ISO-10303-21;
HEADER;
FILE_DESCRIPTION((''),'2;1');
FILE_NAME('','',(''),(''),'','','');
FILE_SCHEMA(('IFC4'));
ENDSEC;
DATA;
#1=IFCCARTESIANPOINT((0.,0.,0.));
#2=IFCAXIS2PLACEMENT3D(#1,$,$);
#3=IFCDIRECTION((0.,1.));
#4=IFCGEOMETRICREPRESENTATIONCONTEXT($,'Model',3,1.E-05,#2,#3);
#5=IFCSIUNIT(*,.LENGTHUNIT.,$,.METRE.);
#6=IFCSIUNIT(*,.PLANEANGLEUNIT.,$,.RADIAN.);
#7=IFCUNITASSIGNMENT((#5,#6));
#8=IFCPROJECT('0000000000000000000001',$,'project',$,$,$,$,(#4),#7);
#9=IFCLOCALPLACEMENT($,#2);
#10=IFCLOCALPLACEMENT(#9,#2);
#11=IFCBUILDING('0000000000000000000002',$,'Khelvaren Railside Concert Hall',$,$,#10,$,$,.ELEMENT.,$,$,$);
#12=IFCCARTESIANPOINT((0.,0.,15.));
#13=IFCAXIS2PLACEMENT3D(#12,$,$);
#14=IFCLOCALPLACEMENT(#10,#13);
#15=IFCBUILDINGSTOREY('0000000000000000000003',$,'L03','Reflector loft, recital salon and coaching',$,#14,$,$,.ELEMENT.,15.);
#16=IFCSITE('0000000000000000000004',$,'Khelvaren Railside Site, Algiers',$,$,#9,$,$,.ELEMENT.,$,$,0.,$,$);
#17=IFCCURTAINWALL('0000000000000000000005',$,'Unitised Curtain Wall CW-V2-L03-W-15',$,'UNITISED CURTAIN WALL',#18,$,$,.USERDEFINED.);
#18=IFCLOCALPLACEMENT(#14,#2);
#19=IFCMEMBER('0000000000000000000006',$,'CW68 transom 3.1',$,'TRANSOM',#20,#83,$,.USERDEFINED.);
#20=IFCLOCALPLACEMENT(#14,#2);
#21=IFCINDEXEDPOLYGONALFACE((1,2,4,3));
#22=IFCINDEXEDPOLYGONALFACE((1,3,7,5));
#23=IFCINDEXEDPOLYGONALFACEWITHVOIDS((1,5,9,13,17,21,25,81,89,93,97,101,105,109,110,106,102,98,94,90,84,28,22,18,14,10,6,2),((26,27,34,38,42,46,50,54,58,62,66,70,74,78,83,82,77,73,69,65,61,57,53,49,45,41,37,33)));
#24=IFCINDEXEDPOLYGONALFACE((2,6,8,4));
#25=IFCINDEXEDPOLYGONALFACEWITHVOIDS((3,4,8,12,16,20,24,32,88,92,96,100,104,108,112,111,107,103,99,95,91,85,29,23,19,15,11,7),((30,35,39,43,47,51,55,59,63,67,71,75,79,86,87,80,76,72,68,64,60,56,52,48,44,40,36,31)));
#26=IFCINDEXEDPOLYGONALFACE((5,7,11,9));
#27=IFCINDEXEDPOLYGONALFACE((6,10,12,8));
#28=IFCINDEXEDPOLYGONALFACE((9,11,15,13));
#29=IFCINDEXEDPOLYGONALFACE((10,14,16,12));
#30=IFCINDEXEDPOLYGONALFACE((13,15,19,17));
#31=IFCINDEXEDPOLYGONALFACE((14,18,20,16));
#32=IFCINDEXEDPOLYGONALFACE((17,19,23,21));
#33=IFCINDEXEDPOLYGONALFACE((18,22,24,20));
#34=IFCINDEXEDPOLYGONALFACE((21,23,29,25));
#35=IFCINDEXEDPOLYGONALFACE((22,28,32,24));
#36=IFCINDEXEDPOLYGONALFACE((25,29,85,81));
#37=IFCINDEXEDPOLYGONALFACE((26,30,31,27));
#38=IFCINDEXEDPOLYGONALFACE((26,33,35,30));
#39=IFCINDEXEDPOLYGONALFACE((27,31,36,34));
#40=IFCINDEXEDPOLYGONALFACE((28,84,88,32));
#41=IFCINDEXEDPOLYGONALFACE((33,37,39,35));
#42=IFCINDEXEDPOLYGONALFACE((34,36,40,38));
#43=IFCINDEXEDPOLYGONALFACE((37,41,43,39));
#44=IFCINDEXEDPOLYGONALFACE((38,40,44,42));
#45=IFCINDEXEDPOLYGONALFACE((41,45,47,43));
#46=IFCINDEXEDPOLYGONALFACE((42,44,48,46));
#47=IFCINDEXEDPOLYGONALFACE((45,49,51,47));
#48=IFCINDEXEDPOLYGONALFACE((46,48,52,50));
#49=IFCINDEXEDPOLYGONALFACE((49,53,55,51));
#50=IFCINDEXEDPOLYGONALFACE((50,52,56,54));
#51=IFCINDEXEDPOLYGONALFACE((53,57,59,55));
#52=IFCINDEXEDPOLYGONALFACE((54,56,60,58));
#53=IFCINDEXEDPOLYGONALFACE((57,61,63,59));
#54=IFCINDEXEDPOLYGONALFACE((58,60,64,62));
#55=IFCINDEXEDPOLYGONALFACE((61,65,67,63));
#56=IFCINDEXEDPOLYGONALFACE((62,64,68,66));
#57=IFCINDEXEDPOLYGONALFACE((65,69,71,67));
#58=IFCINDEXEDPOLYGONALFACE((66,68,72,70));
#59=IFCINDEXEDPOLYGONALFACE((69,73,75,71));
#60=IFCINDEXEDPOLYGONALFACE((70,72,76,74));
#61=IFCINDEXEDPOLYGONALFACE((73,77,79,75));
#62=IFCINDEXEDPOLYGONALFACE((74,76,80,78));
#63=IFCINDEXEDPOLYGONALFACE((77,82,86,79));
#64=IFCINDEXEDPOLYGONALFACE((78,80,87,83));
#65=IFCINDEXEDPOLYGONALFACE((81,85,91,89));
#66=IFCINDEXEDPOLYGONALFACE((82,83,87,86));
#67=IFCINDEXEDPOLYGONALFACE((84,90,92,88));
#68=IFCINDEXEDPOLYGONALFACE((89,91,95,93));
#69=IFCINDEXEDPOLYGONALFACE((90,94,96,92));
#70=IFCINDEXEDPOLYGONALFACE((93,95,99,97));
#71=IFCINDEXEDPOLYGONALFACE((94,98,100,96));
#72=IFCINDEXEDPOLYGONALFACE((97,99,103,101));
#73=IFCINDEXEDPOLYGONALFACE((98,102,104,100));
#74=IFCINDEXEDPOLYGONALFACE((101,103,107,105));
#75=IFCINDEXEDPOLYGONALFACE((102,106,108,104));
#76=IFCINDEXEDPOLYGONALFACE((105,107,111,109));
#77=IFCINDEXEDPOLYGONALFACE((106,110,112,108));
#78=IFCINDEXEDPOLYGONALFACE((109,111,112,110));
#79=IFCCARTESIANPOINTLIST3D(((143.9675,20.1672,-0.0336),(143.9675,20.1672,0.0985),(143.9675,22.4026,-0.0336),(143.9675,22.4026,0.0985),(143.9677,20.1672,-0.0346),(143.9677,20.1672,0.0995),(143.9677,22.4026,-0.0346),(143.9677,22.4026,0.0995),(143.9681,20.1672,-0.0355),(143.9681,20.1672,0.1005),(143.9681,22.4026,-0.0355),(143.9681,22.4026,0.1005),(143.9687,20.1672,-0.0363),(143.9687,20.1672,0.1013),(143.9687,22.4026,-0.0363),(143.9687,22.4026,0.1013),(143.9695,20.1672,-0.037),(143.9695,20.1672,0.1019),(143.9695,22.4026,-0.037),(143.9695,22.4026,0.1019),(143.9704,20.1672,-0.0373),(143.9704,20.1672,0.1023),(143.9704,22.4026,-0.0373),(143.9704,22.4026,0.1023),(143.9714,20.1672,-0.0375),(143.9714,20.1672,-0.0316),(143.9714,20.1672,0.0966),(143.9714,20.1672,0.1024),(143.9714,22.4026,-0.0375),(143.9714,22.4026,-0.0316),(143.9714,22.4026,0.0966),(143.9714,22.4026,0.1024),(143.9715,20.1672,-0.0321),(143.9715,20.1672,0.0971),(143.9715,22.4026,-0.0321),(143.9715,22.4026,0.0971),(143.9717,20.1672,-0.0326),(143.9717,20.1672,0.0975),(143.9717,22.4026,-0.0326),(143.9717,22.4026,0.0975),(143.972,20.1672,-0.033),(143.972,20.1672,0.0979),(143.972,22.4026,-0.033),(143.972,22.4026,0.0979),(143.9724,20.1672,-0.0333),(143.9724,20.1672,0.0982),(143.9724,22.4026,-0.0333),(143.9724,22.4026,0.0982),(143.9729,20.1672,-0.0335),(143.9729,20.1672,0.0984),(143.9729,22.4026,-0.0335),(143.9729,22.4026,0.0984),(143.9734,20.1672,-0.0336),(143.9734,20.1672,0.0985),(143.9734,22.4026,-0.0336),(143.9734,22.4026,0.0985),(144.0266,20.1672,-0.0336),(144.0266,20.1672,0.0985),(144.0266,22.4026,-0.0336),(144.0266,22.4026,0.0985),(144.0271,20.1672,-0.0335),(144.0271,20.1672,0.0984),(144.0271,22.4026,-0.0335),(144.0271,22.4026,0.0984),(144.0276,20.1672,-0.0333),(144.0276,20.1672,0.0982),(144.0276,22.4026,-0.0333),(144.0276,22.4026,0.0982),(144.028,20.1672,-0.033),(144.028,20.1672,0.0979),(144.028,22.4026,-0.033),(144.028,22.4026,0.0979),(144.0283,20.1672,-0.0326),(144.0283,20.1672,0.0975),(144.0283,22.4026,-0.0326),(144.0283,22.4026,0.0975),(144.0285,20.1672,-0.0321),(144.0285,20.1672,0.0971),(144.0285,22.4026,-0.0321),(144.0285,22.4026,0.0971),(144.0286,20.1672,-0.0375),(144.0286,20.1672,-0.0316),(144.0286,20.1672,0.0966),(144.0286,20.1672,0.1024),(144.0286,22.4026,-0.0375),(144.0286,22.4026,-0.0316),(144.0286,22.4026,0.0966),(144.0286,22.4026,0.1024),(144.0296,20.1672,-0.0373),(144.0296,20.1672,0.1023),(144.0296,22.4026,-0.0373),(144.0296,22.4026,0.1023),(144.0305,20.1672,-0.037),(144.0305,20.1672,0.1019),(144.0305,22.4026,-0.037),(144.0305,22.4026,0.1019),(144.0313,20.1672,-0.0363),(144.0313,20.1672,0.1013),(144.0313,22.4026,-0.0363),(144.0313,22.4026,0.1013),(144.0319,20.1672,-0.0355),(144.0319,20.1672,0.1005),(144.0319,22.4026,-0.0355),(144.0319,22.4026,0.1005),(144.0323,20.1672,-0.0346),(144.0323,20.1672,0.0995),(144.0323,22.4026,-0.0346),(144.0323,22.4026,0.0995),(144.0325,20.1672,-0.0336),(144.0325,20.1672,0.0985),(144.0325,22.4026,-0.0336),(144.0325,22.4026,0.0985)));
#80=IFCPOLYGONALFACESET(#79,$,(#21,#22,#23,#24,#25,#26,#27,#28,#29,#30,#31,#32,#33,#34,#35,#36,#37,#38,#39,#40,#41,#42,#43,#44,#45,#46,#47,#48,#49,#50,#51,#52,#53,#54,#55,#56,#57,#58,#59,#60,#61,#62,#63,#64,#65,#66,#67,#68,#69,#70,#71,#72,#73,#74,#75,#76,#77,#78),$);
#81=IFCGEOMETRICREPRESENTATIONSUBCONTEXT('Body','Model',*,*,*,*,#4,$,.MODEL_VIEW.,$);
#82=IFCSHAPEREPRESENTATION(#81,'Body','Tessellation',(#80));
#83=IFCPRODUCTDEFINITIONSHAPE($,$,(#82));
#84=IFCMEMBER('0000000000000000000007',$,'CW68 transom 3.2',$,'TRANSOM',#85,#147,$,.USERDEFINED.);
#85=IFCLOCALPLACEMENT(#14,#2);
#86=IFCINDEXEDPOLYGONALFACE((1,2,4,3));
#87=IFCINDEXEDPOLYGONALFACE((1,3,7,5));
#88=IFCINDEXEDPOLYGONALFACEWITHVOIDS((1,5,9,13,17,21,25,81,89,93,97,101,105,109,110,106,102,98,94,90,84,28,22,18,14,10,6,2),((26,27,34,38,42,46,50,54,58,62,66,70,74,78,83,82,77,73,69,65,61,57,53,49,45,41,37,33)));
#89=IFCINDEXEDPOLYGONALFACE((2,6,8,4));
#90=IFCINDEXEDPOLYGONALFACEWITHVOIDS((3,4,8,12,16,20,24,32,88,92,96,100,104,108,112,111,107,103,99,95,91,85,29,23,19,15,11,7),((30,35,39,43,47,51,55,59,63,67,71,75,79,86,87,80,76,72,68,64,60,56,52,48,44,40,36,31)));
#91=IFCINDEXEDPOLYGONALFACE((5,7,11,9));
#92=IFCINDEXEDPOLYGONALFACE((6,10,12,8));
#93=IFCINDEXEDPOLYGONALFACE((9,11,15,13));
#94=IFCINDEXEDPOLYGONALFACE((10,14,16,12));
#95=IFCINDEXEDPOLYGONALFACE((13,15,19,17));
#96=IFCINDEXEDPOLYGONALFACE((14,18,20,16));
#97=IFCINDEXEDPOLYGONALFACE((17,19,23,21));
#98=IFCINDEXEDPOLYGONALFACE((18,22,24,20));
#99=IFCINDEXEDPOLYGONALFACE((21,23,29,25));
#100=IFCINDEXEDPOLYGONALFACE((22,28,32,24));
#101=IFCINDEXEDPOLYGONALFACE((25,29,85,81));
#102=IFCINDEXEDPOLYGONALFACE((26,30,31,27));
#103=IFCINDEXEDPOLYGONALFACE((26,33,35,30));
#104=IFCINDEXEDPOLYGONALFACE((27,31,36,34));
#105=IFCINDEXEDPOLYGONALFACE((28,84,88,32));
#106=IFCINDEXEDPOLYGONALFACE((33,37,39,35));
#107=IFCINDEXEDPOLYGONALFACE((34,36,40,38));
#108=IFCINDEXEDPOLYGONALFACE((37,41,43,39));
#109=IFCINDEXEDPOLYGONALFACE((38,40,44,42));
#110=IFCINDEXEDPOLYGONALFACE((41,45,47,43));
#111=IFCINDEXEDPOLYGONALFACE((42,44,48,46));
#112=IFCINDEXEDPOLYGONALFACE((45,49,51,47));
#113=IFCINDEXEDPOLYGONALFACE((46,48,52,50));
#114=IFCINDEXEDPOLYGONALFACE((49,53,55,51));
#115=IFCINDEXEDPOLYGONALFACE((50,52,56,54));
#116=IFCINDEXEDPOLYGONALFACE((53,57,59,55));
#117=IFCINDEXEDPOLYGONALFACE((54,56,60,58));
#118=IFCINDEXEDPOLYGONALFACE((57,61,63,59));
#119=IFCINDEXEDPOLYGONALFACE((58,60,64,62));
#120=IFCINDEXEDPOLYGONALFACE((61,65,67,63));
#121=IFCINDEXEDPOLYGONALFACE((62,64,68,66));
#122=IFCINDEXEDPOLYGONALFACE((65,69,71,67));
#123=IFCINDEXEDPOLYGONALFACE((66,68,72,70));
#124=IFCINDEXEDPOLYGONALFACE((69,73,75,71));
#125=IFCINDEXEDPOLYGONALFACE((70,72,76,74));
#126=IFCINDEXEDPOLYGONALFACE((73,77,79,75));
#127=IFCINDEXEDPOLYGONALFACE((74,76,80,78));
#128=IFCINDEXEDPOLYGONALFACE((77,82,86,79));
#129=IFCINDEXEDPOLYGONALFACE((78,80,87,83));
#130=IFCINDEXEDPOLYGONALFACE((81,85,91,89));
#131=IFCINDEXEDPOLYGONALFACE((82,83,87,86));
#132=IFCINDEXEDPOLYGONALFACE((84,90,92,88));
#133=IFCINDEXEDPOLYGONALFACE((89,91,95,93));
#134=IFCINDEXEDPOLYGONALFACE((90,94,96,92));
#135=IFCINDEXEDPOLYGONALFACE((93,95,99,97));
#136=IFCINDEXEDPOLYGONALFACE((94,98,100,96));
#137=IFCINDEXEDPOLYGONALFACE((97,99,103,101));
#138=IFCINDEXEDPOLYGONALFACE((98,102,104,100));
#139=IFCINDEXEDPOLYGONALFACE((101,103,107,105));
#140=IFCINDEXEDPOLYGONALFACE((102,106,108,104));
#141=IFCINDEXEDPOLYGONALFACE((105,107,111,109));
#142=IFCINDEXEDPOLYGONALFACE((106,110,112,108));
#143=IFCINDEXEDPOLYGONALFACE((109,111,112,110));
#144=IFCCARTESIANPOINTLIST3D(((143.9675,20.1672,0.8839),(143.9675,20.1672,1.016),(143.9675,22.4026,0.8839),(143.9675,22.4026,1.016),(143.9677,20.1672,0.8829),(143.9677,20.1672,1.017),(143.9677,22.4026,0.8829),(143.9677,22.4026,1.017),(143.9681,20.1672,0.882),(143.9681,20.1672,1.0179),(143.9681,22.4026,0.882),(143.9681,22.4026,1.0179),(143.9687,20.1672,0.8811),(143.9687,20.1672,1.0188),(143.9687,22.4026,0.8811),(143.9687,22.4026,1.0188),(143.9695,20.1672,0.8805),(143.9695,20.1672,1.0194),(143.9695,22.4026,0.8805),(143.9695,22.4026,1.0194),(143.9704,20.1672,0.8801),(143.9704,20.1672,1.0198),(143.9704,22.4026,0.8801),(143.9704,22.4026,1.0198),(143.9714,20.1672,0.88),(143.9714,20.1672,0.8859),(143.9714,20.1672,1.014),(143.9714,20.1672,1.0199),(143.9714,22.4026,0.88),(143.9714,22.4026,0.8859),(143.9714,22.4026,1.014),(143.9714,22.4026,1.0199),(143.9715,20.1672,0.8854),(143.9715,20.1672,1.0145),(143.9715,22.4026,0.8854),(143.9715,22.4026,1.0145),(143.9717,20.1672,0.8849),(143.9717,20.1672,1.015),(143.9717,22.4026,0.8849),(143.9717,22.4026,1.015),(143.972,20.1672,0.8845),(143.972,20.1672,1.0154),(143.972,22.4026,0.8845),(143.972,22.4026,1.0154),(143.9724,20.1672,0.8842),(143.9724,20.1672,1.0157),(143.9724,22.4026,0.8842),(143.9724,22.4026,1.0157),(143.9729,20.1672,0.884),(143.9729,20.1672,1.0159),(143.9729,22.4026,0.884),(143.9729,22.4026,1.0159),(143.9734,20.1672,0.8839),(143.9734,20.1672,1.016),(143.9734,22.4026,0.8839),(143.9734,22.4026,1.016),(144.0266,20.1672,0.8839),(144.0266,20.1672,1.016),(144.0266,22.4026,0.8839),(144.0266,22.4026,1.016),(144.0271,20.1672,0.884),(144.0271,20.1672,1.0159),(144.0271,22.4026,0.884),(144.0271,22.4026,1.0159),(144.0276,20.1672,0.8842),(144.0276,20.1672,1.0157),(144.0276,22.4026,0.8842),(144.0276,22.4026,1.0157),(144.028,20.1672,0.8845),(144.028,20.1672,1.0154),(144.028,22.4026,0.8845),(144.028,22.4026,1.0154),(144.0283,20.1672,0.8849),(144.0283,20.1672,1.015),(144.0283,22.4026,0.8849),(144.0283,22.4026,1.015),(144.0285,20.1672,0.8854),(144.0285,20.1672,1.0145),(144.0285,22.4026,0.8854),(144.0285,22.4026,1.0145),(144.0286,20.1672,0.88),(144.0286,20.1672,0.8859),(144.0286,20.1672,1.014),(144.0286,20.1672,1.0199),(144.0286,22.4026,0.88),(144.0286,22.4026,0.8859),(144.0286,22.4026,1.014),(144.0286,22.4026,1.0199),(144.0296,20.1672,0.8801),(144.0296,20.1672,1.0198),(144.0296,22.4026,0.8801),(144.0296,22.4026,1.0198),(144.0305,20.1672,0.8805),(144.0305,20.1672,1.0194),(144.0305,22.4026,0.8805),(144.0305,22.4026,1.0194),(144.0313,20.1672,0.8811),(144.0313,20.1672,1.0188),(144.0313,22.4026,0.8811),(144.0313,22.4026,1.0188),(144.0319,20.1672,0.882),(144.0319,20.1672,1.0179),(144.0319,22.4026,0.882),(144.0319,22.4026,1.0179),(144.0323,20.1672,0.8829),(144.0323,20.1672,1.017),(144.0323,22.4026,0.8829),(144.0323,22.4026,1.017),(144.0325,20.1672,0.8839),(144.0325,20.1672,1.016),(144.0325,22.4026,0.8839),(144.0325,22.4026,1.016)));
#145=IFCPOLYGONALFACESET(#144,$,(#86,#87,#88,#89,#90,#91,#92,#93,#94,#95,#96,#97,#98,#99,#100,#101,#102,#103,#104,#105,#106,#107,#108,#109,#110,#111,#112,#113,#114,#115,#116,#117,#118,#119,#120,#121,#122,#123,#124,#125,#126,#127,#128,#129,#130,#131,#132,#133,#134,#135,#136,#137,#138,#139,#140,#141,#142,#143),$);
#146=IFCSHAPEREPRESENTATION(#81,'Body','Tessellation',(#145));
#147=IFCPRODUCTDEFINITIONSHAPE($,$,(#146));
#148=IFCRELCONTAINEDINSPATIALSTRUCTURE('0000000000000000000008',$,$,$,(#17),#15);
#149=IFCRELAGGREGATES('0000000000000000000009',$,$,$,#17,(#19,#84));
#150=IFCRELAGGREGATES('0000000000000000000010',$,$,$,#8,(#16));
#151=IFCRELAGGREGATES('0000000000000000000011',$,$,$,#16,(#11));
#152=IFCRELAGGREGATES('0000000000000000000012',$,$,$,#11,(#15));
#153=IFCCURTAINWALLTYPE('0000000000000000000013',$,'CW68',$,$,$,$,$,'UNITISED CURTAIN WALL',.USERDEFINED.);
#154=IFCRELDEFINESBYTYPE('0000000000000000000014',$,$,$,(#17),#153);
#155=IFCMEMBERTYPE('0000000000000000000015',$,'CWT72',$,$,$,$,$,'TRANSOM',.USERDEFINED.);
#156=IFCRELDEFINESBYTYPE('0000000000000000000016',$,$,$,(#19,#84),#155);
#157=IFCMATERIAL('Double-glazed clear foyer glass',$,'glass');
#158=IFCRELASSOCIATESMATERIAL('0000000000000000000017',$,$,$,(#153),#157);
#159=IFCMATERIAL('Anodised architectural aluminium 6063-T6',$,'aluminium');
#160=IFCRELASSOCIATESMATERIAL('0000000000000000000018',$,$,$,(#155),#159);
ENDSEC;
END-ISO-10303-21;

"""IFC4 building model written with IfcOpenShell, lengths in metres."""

from ifc_helpers import new_model, si_unit, direction, frame, origin, origin_2d, place, context, subcontext, project, spatial, hollow_rectangle, extrude, material, material_profile, profile_set, type_object, element, aggregate, save


model = new_model("IFC4")

# Units and contexts
model_context = context("Model", 3, precision=1e-05, world=origin(), true_north=direction((0.0, 1.0)))
body_context = subcontext(model_context, "Body", "Model", "MODEL_VIEW")
ifc_project = project(units=[si_unit("LENGTHUNIT", "METRE"), si_unit("PLANEANGLEUNIT", "RADIAN")], contexts=[model_context])

# Site, building, storey
site_placement = place(None, origin())
site = spatial("IfcSite", under=ifc_project, at=site_placement, Name="Khelvaren Railside Site, Algiers", CompositionType="ELEMENT", RefElevation=0.0)
building_placement = place(site_placement, origin())
building = spatial("IfcBuilding", under=site, at=building_placement, Name="Khelvaren Railside Concert Hall", CompositionType="ELEMENT")
storey_placement = place(building_placement, frame((0.0, 0.0, 15.0)))
storey = spatial("IfcBuildingStorey", under=building, at=storey_placement, Name="L03", Description="Reflector loft, recital salon and coaching", CompositionType="ELEMENT", Elevation=15.0)

# Curtain wall
ifc_material_1 = material(Name="Double-glazed clear foyer glass", Category="glass")
curtain_wall_type_1 = type_object("IfcCurtainWallType", Name="CW68", ElementType="UNITISED CURTAIN WALL", PredefinedType="USERDEFINED", material=ifc_material_1)
curtain_wall_1_placement = place(storey_placement, origin())
curtain_wall_1 = element("IfcCurtainWall", 1, at=curtain_wall_1_placement, inside=storey, type_object=curtain_wall_type_1, Name="Unitised Curtain Wall CW-V2-L03-W-15", ObjectType="UNITISED CURTAIN WALL", PredefinedType="USERDEFINED")
ifc_material_2 = material(Name="Anodised architectural aluminium 6063-T6", Category="aluminium")

# Members
ifc_material_profile_1 = material_profile(ifc_material_2, hollow_rectangle(XDim=0.0649, YDim=0.1399, WallThickness=0.0039, InnerFilletRadius=0.002, OuterFilletRadius=0.0039, at=origin_2d()), Name="CWT 65x140x4")
ifc_profile_set_1 = profile_set([ifc_material_profile_1], Name="Anodised architectural aluminium 6063-T6")
member_type_1 = type_object("IfcMemberType", Name="CWT72", ElementType="TRANSOM", PredefinedType="USERDEFINED", material=ifc_profile_set_1)
member_1_placement = place(storey_placement, frame((144.0, 20.1672, 0.0325), z_axis=(0.0, 1.0, 0.0), x_axis=(-1.0, 0.0, 0.0)))
member_1 = element("IfcMember", 2, at=member_1_placement, type_object=member_type_1, Name="CW68 transom 3.1", ObjectType="TRANSOM", PredefinedType="USERDEFINED", context=body_context, shape_type="SweptSolid", body=[
    extrude(hollow_rectangle(XDim=0.0649, YDim=0.1399, WallThickness=0.0039, InnerFilletRadius=0.002, OuterFilletRadius=0.0039, at=origin_2d()), origin(), (0.0, 0.0, 1.0), 2.2354),
])
member_2_placement = place(storey_placement, frame((144.0, 20.1672, 0.95), z_axis=(0.0, 1.0, 0.0), x_axis=(-1.0, 0.0, 0.0)))
member_2 = element("IfcMember", 3, at=member_2_placement, type_object=member_type_1, Name="CW68 transom 3.2", ObjectType="TRANSOM", PredefinedType="USERDEFINED", context=body_context, shape_type="SweptSolid", body=[
    extrude(hollow_rectangle(XDim=0.0649, YDim=0.1399, WallThickness=0.0039, InnerFilletRadius=0.002, OuterFilletRadius=0.0039, at=origin_2d()), origin(), (0.0, 0.0, 1.0), 2.2354),
])

aggregate(curtain_wall_1, [member_1, member_2])

save(model, "model.ifc")
